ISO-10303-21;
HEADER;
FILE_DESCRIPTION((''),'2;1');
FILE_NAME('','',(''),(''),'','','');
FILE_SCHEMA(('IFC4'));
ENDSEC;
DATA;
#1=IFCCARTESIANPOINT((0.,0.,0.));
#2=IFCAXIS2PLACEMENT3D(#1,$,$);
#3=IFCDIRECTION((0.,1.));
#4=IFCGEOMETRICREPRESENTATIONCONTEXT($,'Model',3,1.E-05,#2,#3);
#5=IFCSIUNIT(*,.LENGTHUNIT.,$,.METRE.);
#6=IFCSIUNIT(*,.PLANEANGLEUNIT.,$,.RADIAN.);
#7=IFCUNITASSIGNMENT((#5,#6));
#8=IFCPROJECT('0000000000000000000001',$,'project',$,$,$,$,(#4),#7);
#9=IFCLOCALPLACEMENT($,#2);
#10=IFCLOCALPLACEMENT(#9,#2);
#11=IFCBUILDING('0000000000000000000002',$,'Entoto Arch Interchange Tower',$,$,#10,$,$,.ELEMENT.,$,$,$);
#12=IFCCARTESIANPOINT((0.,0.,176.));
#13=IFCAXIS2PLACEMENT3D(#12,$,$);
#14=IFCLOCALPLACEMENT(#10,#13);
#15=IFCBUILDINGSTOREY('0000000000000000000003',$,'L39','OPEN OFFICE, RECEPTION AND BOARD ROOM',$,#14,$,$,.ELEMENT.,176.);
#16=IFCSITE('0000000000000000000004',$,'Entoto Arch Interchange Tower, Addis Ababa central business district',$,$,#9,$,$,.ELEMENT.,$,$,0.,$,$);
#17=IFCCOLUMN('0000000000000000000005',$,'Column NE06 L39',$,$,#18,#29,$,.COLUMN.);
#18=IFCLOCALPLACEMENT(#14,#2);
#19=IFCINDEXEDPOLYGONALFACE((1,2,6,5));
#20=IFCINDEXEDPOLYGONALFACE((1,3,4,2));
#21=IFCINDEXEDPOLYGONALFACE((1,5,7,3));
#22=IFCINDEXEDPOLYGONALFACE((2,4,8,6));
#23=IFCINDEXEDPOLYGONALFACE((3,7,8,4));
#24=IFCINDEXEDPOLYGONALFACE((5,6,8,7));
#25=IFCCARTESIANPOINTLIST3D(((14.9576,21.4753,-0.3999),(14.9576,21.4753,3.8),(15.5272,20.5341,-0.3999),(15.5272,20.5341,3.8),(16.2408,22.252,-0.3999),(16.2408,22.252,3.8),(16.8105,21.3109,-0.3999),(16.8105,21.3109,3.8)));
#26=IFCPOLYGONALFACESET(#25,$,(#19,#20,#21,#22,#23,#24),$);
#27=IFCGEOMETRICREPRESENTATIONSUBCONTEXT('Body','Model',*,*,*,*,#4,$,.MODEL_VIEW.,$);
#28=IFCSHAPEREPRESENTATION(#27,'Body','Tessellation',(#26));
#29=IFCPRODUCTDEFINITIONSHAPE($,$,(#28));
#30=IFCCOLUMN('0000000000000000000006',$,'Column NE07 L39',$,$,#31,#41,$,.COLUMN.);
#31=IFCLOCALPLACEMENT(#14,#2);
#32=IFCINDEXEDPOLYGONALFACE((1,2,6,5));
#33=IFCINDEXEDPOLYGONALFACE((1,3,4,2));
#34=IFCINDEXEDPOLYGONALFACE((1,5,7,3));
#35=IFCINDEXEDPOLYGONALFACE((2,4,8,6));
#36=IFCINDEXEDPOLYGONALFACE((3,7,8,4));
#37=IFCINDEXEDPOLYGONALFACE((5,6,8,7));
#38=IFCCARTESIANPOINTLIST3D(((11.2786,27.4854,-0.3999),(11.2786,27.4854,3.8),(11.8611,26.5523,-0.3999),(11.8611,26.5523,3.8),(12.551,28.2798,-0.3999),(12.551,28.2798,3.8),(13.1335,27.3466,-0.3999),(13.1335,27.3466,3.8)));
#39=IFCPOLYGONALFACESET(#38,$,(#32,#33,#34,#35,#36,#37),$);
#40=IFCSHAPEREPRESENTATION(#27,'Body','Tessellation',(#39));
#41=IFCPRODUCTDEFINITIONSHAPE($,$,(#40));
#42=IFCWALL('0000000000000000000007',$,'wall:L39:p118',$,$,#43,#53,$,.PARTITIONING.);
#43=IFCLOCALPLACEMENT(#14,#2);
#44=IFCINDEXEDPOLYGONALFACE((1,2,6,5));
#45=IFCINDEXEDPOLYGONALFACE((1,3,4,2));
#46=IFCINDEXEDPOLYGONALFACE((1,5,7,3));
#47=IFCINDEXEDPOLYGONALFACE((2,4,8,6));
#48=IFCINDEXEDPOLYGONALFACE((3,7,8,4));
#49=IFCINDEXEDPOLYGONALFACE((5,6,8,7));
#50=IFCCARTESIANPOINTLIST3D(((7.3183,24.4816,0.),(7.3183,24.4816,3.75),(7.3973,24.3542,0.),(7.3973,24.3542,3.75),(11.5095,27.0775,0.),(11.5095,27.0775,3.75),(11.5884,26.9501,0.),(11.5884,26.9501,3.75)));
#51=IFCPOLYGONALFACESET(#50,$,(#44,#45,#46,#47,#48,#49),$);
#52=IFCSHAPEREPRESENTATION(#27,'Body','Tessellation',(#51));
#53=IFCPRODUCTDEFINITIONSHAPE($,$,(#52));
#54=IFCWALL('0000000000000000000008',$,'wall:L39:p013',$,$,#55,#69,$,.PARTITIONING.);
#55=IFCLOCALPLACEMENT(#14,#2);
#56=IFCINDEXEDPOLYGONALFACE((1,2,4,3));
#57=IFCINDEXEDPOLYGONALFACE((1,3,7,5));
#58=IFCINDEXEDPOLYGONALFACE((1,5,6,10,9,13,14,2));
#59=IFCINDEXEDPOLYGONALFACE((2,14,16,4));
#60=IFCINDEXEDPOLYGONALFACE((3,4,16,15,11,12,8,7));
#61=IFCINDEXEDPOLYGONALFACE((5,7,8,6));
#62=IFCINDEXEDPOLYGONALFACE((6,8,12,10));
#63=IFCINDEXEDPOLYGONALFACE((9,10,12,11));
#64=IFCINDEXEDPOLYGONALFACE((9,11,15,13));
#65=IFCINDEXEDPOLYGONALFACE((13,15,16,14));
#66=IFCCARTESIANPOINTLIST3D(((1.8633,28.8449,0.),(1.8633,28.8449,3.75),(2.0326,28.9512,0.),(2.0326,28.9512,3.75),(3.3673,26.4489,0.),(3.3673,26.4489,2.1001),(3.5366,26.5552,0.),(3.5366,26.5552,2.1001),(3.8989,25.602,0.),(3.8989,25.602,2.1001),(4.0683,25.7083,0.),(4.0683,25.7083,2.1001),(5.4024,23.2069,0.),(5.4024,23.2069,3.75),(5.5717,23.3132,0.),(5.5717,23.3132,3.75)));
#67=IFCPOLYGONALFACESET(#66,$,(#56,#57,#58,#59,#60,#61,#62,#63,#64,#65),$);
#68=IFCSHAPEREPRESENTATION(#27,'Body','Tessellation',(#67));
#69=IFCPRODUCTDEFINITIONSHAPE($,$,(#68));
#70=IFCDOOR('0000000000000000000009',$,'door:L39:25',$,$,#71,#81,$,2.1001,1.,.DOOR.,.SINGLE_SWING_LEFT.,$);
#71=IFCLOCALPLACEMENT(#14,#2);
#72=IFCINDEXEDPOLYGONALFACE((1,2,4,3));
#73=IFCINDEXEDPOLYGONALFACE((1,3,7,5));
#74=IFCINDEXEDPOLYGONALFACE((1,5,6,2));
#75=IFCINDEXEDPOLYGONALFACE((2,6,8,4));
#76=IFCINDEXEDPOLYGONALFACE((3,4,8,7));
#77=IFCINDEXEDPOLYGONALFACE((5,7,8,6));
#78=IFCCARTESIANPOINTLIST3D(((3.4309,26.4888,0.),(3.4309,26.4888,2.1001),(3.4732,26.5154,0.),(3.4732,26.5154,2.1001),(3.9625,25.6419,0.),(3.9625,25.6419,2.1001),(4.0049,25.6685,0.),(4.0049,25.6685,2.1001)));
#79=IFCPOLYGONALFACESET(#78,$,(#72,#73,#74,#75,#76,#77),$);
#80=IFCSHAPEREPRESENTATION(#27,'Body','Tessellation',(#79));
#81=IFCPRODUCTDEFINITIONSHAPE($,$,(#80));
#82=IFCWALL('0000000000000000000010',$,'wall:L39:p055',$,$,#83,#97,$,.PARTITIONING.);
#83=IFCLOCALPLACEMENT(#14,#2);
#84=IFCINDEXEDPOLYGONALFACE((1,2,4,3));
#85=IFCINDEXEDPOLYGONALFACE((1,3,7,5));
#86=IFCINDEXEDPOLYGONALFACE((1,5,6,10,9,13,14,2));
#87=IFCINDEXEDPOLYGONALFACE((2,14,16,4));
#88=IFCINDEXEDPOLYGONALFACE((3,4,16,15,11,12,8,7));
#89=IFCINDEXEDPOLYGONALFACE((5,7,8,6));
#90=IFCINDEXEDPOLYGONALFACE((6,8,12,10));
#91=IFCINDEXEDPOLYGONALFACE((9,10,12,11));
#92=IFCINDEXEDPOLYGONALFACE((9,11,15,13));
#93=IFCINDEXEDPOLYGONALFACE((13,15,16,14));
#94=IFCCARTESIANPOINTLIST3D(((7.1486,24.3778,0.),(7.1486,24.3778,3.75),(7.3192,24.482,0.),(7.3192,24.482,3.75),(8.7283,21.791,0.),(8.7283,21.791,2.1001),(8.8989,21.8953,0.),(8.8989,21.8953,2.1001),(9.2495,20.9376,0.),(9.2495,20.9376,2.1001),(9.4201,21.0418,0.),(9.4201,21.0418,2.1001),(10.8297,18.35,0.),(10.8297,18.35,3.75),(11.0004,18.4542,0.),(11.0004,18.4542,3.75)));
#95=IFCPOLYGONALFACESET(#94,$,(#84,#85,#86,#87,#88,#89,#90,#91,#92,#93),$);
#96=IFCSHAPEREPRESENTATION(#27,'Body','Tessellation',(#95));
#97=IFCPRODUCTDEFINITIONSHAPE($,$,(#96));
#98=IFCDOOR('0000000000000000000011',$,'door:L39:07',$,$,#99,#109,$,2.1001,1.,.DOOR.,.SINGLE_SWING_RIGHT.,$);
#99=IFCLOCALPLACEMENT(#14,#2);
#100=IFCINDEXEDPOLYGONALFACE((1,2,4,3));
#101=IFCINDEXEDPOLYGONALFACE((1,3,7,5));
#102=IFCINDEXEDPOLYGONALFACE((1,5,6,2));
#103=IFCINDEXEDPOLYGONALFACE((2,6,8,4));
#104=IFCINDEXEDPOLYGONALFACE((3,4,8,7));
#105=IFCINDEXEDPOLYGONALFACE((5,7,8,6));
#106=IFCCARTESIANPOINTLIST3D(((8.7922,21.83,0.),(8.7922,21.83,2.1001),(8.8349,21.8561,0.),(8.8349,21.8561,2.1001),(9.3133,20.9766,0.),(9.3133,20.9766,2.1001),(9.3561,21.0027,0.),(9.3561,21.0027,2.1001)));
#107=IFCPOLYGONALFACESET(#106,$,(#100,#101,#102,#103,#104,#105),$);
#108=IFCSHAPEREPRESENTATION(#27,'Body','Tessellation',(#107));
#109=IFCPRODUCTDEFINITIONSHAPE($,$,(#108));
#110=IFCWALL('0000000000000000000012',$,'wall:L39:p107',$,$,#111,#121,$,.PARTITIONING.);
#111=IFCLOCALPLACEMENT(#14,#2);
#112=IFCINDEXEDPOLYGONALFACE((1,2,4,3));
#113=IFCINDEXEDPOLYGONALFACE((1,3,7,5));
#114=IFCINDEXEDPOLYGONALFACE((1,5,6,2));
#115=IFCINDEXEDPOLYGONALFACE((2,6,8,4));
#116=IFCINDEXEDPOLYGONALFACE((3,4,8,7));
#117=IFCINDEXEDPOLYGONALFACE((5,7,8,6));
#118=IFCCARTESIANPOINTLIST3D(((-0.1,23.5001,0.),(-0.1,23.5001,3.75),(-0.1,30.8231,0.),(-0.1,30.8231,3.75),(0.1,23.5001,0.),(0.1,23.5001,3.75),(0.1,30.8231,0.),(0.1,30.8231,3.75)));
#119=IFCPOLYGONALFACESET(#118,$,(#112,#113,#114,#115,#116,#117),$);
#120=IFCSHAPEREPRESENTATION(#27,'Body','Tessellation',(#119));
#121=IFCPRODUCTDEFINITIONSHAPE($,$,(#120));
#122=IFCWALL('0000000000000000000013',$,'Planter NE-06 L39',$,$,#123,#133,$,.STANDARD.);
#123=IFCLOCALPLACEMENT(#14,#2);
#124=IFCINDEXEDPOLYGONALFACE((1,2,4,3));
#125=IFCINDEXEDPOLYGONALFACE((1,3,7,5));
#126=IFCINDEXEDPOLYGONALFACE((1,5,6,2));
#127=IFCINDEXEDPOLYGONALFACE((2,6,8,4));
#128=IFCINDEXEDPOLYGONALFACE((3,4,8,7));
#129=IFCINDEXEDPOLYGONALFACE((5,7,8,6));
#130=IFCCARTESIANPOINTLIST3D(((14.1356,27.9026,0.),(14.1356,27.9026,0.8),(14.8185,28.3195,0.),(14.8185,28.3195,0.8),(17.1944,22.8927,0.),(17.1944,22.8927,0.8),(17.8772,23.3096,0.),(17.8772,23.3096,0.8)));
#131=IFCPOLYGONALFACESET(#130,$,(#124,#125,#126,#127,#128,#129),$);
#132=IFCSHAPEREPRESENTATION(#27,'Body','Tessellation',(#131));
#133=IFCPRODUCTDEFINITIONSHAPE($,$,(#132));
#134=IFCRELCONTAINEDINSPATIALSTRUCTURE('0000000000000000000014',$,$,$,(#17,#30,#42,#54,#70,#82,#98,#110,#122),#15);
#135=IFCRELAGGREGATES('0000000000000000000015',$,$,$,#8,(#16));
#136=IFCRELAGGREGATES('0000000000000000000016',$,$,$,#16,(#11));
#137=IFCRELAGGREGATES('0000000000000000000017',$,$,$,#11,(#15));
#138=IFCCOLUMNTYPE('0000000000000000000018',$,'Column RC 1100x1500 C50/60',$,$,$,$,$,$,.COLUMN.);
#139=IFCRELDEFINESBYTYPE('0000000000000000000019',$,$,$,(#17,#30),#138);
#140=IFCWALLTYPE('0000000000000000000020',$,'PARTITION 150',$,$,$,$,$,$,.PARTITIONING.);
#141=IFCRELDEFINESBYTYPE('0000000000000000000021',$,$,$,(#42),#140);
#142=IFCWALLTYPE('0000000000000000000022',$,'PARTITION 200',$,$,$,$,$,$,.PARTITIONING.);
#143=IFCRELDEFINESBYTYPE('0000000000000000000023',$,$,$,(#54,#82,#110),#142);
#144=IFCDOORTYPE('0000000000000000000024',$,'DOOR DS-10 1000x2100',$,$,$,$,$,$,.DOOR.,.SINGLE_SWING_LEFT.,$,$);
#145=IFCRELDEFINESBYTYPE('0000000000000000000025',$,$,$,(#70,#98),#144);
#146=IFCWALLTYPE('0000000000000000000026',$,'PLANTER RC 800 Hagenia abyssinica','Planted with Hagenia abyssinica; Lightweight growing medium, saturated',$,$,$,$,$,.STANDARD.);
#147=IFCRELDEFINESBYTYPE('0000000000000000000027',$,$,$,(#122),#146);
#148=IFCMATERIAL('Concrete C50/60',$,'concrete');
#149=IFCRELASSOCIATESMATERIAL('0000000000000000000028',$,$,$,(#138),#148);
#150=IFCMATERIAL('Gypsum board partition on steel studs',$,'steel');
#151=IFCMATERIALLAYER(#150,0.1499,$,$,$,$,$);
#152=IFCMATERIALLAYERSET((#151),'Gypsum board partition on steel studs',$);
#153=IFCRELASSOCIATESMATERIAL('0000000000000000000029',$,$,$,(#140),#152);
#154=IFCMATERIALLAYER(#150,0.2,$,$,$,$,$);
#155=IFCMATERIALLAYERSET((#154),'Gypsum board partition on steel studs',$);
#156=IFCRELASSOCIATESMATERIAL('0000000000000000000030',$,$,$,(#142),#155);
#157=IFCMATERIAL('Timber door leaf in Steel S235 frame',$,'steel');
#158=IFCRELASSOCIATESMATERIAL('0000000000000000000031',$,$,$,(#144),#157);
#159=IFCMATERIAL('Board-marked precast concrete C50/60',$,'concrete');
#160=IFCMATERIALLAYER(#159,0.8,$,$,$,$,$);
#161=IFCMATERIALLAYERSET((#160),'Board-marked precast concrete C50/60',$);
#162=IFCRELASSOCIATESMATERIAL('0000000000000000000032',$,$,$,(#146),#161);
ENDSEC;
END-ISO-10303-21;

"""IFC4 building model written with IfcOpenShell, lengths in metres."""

from ifc_helpers import new_model, si_unit, direction, frame, frame_2d, origin, origin_2d, place, context, subcontext, project, spatial, rectangle, extrude, material, layer, layer_set, material_profile, profile_set, type_object, element, fill, save


model = new_model("IFC4")

# Units and contexts
model_context = context("Model", 3, precision=1e-05, world=origin(), true_north=direction((0.0, 1.0)))
body_context = subcontext(model_context, "Body", "Model", "MODEL_VIEW")
ifc_project = project(units=[si_unit("LENGTHUNIT", "METRE"), si_unit("PLANEANGLEUNIT", "RADIAN")], contexts=[model_context])

# Site, building, storey
site_placement = place(None, origin())
site = spatial("IfcSite", under=ifc_project, at=site_placement, Name="Entoto Arch Interchange Tower, Addis Ababa central business district", CompositionType="ELEMENT", RefElevation=0.0)
building_placement = place(site_placement, origin())
building = spatial("IfcBuilding", under=site, at=building_placement, Name="Entoto Arch Interchange Tower", CompositionType="ELEMENT")
storey_placement = place(building_placement, frame((0.0, 0.0, 176.0)))
storey = spatial("IfcBuildingStorey", under=building, at=storey_placement, Name="L39", Description="OPEN OFFICE, RECEPTION AND BOARD ROOM", CompositionType="ELEMENT", Elevation=176.0)

# Columns
ifc_material_1 = material(Name="Concrete C50/60", Category="concrete")
ifc_material_profile = material_profile(ifc_material_1, rectangle(XDim=1.1001, YDim=1.5, at=origin_2d()))
ifc_profile_set = profile_set([ifc_material_profile], Name="Concrete C50/60")
column_type = type_object("IfcColumnType", Name="Column RC 1100x1500 C50/60", PredefinedType="COLUMN", material=ifc_profile_set)
for number, where, z_axis, x_axis, name in (
    (1, (15.884, 21.3931, -0.3999), (0.0, 0.0, 1.0), (-0.517803, 0.8555, 0.0), "Column NE06 L39"),
    (2, (12.2061, 27.416, -0.3999), (0.0, 0.0, 1.0), (-0.529549, 0.848279, 0.0), "Column NE07 L39"),
):
    element("IfcColumn", number, at=place(storey_placement, frame(where, z_axis=z_axis, x_axis=x_axis)), inside=storey, type_object=column_type, Name=name, PredefinedType="COLUMN", context=body_context, shape_type="SweptSolid", body=[
        extrude(rectangle(XDim=1.1001, YDim=1.5, at=origin_2d()), origin(), (0.0, 0.0, 1.0), 4.2),
    ])

# Wall
ifc_material_2 = material(Name="Gypsum board partition on steel studs", Category="steel")
ifc_layer_1 = layer(ifc_material_2, 0.1499)
ifc_layer_set_1 = layer_set([ifc_layer_1], Name="Gypsum board partition on steel studs")
wall_type_1 = type_object("IfcWallType", Name="PARTITION 150", PredefinedType="PARTITIONING", material=ifc_layer_set_1)
wall_1_placement = place(storey_placement, frame((7.3579, 24.418, 0.0), z_axis=(0.0, 0.0, 1.0), x_axis=(0.850136, 0.526563, 0.0)))
element("IfcWall", 3, at=wall_1_placement, inside=storey, type_object=wall_type_1, Name="wall:L39:p118", PredefinedType="PARTITIONING", context=body_context, shape_type="SweptSolid", body=[
    extrude(rectangle(XDim=4.9299, YDim=0.1499, at=frame_2d((2.4648, 0.0))), origin(), (0.0, 0.0, 1.0), 3.75),
])

# Walls, openings, doors
ifc_layer_2 = layer(ifc_material_2, 0.2)
ifc_layer_set_2 = layer_set([ifc_layer_2], Name="Gypsum board partition on steel studs")
wall_type_2 = type_object("IfcWallType", Name="PARTITION 200", PredefinedType="PARTITIONING", material=ifc_layer_set_2)
wall_2_placement = place(storey_placement, frame((5.4871, 23.26, 0.0), z_axis=(0.0, 0.0, 1.0), x_axis=(-0.531656, 0.84696, 0.0)))
wall_2 = element("IfcWall", 4, at=wall_2_placement, inside=storey, type_object=wall_type_2, Name="wall:L39:p013", PredefinedType="PARTITIONING", context=body_context, shape_type="SweptSolid", body=[
    extrude(rectangle(XDim=6.6567, YDim=0.2, at=frame_2d((3.3284, 0.0))), origin(), (0.0, 0.0, 1.0), 3.75),
])
opening_1_placement = place(wall_2_placement, frame((2.8279, 0.0, 0.0)))
opening_1 = element("IfcOpeningElement", 5, at=opening_1_placement, cuts=wall_2, PredefinedType="OPENING", context=body_context, shape_type="SweptSolid", body=[
    extrude(rectangle(XDim=1.0, YDim=2.1001, at=frame_2d((0.5, 1.05))), frame((0.0, 0.1099, 0.0), z_axis=(0.0, -1.0, 0.0), x_axis=(1.0, 0.0, 0.0)), (0.0, 0.0, 1.0), 0.22),
])
ifc_material_3 = material(Name="Timber door leaf in Steel S235 frame", Category="steel")
door_type_1 = type_object("IfcDoorType", Name="DOOR DS-10 1000x2100", OperationType="SINGLE_SWING_LEFT", PredefinedType="DOOR", material=ifc_material_3)
door_1_placement = place(opening_1_placement, origin())
door_1 = element("IfcDoor", 6, at=door_1_placement, inside=storey, type_object=door_type_1, Name="door:L39:25", OperationType="SINGLE_SWING_LEFT", OverallHeight=2.1001, OverallWidth=1.0, PredefinedType="DOOR", context=body_context, shape_type="SweptSolid", body=[
    extrude(rectangle(XDim=1.0, YDim=2.1001, at=frame_2d((0.5, 1.05))), frame((0.0, 0.0249, 0.0), z_axis=(0.0, -1.0, 0.0), x_axis=(1.0, 0.0, 0.0)), (0.0, 0.0, 1.0), 0.05),
])
fill(opening_1, door_1)
wall_3_placement = place(storey_placement, frame((7.2339, 24.4299, 0.0), z_axis=(0.0, 0.0, 1.0), x_axis=(0.52119, -0.853441, 0.0)))
wall_3 = element("IfcWall", 7, at=wall_3_placement, inside=storey, type_object=wall_type_2, Name="wall:L39:p055", PredefinedType="PARTITIONING", context=body_context, shape_type="SweptSolid", body=[
    extrude(rectangle(XDim=7.063, YDim=0.2, at=frame_2d((3.5315, 0.0))), origin(), (0.0, 0.0, 1.0), 3.75),
])
opening_2_placement = place(wall_3_placement, frame((3.031, 0.0, 0.0)))
opening_2 = element("IfcOpeningElement", 8, at=opening_2_placement, cuts=wall_3, PredefinedType="OPENING", context=body_context, shape_type="SweptSolid", body=[
    extrude(rectangle(XDim=1.0, YDim=2.1001, at=frame_2d((0.5, 1.05))), frame((0.0, 0.1099, 0.0), z_axis=(0.0, -1.0, 0.0), x_axis=(1.0, 0.0, 0.0)), (0.0, 0.0, 1.0), 0.22),
])
door_2_placement = place(opening_2_placement, origin())
door_2 = element("IfcDoor", 9, at=door_2_placement, inside=storey, type_object=door_type_1, Name="door:L39:07", OperationType="SINGLE_SWING_RIGHT", OverallHeight=2.1001, OverallWidth=1.0, PredefinedType="DOOR", context=body_context, shape_type="SweptSolid", body=[
    extrude(rectangle(XDim=1.0, YDim=2.1001, at=frame_2d((0.5, 1.05))), frame((0.0, 0.0249, 0.0), z_axis=(0.0, -1.0, 0.0), x_axis=(1.0, 0.0, 0.0)), (0.0, 0.0, 1.0), 0.05),
])
fill(opening_2, door_2)

# Walls
wall_4_placement = place(storey_placement, frame((0.0, 23.5, 0.0), z_axis=(0.0, 0.0, 1.0), x_axis=(0.0, 1.0, 0.0)))
element("IfcWall", 10, at=wall_4_placement, inside=storey, type_object=wall_type_2, Name="wall:L39:p107", PredefinedType="PARTITIONING", context=body_context, shape_type="SweptSolid", body=[
    extrude(rectangle(XDim=7.323, YDim=0.2, at=frame_2d((3.6616, 0.0))), origin(), (0.0, 0.0, 1.0), 3.75),
])
ifc_material_4 = material(Name="Board-marked precast concrete C50/60", Category="concrete")
ifc_layer_3 = layer(ifc_material_4, 0.8)
ifc_layer_set_3 = layer_set([ifc_layer_3], Name="Board-marked precast concrete C50/60")
wall_type_3 = type_object("IfcWallType", Name="PLANTER RC 800 Hagenia abyssinica", Description="Planted with Hagenia abyssinica; Lightweight growing medium, saturated", PredefinedType="STANDARD", material=ifc_layer_set_3)
wall_5_placement = place(storey_placement, frame((17.5359, 23.1011, 0.0), z_axis=(0.0, 0.0, 1.0), x_axis=(-0.521098, 0.853497, 0.0)))
element("IfcWall", 11, at=wall_5_placement, inside=storey, type_object=wall_type_3, Name="Planter NE-06 L39", PredefinedType="STANDARD", context=body_context, shape_type="SweptSolid", body=[
    extrude(rectangle(XDim=5.8699, YDim=0.8, at=frame_2d((2.9351, 0.0))), origin(), (0.0, 0.0, 1.0), 0.8),
])

save(model, "model.ifc")
